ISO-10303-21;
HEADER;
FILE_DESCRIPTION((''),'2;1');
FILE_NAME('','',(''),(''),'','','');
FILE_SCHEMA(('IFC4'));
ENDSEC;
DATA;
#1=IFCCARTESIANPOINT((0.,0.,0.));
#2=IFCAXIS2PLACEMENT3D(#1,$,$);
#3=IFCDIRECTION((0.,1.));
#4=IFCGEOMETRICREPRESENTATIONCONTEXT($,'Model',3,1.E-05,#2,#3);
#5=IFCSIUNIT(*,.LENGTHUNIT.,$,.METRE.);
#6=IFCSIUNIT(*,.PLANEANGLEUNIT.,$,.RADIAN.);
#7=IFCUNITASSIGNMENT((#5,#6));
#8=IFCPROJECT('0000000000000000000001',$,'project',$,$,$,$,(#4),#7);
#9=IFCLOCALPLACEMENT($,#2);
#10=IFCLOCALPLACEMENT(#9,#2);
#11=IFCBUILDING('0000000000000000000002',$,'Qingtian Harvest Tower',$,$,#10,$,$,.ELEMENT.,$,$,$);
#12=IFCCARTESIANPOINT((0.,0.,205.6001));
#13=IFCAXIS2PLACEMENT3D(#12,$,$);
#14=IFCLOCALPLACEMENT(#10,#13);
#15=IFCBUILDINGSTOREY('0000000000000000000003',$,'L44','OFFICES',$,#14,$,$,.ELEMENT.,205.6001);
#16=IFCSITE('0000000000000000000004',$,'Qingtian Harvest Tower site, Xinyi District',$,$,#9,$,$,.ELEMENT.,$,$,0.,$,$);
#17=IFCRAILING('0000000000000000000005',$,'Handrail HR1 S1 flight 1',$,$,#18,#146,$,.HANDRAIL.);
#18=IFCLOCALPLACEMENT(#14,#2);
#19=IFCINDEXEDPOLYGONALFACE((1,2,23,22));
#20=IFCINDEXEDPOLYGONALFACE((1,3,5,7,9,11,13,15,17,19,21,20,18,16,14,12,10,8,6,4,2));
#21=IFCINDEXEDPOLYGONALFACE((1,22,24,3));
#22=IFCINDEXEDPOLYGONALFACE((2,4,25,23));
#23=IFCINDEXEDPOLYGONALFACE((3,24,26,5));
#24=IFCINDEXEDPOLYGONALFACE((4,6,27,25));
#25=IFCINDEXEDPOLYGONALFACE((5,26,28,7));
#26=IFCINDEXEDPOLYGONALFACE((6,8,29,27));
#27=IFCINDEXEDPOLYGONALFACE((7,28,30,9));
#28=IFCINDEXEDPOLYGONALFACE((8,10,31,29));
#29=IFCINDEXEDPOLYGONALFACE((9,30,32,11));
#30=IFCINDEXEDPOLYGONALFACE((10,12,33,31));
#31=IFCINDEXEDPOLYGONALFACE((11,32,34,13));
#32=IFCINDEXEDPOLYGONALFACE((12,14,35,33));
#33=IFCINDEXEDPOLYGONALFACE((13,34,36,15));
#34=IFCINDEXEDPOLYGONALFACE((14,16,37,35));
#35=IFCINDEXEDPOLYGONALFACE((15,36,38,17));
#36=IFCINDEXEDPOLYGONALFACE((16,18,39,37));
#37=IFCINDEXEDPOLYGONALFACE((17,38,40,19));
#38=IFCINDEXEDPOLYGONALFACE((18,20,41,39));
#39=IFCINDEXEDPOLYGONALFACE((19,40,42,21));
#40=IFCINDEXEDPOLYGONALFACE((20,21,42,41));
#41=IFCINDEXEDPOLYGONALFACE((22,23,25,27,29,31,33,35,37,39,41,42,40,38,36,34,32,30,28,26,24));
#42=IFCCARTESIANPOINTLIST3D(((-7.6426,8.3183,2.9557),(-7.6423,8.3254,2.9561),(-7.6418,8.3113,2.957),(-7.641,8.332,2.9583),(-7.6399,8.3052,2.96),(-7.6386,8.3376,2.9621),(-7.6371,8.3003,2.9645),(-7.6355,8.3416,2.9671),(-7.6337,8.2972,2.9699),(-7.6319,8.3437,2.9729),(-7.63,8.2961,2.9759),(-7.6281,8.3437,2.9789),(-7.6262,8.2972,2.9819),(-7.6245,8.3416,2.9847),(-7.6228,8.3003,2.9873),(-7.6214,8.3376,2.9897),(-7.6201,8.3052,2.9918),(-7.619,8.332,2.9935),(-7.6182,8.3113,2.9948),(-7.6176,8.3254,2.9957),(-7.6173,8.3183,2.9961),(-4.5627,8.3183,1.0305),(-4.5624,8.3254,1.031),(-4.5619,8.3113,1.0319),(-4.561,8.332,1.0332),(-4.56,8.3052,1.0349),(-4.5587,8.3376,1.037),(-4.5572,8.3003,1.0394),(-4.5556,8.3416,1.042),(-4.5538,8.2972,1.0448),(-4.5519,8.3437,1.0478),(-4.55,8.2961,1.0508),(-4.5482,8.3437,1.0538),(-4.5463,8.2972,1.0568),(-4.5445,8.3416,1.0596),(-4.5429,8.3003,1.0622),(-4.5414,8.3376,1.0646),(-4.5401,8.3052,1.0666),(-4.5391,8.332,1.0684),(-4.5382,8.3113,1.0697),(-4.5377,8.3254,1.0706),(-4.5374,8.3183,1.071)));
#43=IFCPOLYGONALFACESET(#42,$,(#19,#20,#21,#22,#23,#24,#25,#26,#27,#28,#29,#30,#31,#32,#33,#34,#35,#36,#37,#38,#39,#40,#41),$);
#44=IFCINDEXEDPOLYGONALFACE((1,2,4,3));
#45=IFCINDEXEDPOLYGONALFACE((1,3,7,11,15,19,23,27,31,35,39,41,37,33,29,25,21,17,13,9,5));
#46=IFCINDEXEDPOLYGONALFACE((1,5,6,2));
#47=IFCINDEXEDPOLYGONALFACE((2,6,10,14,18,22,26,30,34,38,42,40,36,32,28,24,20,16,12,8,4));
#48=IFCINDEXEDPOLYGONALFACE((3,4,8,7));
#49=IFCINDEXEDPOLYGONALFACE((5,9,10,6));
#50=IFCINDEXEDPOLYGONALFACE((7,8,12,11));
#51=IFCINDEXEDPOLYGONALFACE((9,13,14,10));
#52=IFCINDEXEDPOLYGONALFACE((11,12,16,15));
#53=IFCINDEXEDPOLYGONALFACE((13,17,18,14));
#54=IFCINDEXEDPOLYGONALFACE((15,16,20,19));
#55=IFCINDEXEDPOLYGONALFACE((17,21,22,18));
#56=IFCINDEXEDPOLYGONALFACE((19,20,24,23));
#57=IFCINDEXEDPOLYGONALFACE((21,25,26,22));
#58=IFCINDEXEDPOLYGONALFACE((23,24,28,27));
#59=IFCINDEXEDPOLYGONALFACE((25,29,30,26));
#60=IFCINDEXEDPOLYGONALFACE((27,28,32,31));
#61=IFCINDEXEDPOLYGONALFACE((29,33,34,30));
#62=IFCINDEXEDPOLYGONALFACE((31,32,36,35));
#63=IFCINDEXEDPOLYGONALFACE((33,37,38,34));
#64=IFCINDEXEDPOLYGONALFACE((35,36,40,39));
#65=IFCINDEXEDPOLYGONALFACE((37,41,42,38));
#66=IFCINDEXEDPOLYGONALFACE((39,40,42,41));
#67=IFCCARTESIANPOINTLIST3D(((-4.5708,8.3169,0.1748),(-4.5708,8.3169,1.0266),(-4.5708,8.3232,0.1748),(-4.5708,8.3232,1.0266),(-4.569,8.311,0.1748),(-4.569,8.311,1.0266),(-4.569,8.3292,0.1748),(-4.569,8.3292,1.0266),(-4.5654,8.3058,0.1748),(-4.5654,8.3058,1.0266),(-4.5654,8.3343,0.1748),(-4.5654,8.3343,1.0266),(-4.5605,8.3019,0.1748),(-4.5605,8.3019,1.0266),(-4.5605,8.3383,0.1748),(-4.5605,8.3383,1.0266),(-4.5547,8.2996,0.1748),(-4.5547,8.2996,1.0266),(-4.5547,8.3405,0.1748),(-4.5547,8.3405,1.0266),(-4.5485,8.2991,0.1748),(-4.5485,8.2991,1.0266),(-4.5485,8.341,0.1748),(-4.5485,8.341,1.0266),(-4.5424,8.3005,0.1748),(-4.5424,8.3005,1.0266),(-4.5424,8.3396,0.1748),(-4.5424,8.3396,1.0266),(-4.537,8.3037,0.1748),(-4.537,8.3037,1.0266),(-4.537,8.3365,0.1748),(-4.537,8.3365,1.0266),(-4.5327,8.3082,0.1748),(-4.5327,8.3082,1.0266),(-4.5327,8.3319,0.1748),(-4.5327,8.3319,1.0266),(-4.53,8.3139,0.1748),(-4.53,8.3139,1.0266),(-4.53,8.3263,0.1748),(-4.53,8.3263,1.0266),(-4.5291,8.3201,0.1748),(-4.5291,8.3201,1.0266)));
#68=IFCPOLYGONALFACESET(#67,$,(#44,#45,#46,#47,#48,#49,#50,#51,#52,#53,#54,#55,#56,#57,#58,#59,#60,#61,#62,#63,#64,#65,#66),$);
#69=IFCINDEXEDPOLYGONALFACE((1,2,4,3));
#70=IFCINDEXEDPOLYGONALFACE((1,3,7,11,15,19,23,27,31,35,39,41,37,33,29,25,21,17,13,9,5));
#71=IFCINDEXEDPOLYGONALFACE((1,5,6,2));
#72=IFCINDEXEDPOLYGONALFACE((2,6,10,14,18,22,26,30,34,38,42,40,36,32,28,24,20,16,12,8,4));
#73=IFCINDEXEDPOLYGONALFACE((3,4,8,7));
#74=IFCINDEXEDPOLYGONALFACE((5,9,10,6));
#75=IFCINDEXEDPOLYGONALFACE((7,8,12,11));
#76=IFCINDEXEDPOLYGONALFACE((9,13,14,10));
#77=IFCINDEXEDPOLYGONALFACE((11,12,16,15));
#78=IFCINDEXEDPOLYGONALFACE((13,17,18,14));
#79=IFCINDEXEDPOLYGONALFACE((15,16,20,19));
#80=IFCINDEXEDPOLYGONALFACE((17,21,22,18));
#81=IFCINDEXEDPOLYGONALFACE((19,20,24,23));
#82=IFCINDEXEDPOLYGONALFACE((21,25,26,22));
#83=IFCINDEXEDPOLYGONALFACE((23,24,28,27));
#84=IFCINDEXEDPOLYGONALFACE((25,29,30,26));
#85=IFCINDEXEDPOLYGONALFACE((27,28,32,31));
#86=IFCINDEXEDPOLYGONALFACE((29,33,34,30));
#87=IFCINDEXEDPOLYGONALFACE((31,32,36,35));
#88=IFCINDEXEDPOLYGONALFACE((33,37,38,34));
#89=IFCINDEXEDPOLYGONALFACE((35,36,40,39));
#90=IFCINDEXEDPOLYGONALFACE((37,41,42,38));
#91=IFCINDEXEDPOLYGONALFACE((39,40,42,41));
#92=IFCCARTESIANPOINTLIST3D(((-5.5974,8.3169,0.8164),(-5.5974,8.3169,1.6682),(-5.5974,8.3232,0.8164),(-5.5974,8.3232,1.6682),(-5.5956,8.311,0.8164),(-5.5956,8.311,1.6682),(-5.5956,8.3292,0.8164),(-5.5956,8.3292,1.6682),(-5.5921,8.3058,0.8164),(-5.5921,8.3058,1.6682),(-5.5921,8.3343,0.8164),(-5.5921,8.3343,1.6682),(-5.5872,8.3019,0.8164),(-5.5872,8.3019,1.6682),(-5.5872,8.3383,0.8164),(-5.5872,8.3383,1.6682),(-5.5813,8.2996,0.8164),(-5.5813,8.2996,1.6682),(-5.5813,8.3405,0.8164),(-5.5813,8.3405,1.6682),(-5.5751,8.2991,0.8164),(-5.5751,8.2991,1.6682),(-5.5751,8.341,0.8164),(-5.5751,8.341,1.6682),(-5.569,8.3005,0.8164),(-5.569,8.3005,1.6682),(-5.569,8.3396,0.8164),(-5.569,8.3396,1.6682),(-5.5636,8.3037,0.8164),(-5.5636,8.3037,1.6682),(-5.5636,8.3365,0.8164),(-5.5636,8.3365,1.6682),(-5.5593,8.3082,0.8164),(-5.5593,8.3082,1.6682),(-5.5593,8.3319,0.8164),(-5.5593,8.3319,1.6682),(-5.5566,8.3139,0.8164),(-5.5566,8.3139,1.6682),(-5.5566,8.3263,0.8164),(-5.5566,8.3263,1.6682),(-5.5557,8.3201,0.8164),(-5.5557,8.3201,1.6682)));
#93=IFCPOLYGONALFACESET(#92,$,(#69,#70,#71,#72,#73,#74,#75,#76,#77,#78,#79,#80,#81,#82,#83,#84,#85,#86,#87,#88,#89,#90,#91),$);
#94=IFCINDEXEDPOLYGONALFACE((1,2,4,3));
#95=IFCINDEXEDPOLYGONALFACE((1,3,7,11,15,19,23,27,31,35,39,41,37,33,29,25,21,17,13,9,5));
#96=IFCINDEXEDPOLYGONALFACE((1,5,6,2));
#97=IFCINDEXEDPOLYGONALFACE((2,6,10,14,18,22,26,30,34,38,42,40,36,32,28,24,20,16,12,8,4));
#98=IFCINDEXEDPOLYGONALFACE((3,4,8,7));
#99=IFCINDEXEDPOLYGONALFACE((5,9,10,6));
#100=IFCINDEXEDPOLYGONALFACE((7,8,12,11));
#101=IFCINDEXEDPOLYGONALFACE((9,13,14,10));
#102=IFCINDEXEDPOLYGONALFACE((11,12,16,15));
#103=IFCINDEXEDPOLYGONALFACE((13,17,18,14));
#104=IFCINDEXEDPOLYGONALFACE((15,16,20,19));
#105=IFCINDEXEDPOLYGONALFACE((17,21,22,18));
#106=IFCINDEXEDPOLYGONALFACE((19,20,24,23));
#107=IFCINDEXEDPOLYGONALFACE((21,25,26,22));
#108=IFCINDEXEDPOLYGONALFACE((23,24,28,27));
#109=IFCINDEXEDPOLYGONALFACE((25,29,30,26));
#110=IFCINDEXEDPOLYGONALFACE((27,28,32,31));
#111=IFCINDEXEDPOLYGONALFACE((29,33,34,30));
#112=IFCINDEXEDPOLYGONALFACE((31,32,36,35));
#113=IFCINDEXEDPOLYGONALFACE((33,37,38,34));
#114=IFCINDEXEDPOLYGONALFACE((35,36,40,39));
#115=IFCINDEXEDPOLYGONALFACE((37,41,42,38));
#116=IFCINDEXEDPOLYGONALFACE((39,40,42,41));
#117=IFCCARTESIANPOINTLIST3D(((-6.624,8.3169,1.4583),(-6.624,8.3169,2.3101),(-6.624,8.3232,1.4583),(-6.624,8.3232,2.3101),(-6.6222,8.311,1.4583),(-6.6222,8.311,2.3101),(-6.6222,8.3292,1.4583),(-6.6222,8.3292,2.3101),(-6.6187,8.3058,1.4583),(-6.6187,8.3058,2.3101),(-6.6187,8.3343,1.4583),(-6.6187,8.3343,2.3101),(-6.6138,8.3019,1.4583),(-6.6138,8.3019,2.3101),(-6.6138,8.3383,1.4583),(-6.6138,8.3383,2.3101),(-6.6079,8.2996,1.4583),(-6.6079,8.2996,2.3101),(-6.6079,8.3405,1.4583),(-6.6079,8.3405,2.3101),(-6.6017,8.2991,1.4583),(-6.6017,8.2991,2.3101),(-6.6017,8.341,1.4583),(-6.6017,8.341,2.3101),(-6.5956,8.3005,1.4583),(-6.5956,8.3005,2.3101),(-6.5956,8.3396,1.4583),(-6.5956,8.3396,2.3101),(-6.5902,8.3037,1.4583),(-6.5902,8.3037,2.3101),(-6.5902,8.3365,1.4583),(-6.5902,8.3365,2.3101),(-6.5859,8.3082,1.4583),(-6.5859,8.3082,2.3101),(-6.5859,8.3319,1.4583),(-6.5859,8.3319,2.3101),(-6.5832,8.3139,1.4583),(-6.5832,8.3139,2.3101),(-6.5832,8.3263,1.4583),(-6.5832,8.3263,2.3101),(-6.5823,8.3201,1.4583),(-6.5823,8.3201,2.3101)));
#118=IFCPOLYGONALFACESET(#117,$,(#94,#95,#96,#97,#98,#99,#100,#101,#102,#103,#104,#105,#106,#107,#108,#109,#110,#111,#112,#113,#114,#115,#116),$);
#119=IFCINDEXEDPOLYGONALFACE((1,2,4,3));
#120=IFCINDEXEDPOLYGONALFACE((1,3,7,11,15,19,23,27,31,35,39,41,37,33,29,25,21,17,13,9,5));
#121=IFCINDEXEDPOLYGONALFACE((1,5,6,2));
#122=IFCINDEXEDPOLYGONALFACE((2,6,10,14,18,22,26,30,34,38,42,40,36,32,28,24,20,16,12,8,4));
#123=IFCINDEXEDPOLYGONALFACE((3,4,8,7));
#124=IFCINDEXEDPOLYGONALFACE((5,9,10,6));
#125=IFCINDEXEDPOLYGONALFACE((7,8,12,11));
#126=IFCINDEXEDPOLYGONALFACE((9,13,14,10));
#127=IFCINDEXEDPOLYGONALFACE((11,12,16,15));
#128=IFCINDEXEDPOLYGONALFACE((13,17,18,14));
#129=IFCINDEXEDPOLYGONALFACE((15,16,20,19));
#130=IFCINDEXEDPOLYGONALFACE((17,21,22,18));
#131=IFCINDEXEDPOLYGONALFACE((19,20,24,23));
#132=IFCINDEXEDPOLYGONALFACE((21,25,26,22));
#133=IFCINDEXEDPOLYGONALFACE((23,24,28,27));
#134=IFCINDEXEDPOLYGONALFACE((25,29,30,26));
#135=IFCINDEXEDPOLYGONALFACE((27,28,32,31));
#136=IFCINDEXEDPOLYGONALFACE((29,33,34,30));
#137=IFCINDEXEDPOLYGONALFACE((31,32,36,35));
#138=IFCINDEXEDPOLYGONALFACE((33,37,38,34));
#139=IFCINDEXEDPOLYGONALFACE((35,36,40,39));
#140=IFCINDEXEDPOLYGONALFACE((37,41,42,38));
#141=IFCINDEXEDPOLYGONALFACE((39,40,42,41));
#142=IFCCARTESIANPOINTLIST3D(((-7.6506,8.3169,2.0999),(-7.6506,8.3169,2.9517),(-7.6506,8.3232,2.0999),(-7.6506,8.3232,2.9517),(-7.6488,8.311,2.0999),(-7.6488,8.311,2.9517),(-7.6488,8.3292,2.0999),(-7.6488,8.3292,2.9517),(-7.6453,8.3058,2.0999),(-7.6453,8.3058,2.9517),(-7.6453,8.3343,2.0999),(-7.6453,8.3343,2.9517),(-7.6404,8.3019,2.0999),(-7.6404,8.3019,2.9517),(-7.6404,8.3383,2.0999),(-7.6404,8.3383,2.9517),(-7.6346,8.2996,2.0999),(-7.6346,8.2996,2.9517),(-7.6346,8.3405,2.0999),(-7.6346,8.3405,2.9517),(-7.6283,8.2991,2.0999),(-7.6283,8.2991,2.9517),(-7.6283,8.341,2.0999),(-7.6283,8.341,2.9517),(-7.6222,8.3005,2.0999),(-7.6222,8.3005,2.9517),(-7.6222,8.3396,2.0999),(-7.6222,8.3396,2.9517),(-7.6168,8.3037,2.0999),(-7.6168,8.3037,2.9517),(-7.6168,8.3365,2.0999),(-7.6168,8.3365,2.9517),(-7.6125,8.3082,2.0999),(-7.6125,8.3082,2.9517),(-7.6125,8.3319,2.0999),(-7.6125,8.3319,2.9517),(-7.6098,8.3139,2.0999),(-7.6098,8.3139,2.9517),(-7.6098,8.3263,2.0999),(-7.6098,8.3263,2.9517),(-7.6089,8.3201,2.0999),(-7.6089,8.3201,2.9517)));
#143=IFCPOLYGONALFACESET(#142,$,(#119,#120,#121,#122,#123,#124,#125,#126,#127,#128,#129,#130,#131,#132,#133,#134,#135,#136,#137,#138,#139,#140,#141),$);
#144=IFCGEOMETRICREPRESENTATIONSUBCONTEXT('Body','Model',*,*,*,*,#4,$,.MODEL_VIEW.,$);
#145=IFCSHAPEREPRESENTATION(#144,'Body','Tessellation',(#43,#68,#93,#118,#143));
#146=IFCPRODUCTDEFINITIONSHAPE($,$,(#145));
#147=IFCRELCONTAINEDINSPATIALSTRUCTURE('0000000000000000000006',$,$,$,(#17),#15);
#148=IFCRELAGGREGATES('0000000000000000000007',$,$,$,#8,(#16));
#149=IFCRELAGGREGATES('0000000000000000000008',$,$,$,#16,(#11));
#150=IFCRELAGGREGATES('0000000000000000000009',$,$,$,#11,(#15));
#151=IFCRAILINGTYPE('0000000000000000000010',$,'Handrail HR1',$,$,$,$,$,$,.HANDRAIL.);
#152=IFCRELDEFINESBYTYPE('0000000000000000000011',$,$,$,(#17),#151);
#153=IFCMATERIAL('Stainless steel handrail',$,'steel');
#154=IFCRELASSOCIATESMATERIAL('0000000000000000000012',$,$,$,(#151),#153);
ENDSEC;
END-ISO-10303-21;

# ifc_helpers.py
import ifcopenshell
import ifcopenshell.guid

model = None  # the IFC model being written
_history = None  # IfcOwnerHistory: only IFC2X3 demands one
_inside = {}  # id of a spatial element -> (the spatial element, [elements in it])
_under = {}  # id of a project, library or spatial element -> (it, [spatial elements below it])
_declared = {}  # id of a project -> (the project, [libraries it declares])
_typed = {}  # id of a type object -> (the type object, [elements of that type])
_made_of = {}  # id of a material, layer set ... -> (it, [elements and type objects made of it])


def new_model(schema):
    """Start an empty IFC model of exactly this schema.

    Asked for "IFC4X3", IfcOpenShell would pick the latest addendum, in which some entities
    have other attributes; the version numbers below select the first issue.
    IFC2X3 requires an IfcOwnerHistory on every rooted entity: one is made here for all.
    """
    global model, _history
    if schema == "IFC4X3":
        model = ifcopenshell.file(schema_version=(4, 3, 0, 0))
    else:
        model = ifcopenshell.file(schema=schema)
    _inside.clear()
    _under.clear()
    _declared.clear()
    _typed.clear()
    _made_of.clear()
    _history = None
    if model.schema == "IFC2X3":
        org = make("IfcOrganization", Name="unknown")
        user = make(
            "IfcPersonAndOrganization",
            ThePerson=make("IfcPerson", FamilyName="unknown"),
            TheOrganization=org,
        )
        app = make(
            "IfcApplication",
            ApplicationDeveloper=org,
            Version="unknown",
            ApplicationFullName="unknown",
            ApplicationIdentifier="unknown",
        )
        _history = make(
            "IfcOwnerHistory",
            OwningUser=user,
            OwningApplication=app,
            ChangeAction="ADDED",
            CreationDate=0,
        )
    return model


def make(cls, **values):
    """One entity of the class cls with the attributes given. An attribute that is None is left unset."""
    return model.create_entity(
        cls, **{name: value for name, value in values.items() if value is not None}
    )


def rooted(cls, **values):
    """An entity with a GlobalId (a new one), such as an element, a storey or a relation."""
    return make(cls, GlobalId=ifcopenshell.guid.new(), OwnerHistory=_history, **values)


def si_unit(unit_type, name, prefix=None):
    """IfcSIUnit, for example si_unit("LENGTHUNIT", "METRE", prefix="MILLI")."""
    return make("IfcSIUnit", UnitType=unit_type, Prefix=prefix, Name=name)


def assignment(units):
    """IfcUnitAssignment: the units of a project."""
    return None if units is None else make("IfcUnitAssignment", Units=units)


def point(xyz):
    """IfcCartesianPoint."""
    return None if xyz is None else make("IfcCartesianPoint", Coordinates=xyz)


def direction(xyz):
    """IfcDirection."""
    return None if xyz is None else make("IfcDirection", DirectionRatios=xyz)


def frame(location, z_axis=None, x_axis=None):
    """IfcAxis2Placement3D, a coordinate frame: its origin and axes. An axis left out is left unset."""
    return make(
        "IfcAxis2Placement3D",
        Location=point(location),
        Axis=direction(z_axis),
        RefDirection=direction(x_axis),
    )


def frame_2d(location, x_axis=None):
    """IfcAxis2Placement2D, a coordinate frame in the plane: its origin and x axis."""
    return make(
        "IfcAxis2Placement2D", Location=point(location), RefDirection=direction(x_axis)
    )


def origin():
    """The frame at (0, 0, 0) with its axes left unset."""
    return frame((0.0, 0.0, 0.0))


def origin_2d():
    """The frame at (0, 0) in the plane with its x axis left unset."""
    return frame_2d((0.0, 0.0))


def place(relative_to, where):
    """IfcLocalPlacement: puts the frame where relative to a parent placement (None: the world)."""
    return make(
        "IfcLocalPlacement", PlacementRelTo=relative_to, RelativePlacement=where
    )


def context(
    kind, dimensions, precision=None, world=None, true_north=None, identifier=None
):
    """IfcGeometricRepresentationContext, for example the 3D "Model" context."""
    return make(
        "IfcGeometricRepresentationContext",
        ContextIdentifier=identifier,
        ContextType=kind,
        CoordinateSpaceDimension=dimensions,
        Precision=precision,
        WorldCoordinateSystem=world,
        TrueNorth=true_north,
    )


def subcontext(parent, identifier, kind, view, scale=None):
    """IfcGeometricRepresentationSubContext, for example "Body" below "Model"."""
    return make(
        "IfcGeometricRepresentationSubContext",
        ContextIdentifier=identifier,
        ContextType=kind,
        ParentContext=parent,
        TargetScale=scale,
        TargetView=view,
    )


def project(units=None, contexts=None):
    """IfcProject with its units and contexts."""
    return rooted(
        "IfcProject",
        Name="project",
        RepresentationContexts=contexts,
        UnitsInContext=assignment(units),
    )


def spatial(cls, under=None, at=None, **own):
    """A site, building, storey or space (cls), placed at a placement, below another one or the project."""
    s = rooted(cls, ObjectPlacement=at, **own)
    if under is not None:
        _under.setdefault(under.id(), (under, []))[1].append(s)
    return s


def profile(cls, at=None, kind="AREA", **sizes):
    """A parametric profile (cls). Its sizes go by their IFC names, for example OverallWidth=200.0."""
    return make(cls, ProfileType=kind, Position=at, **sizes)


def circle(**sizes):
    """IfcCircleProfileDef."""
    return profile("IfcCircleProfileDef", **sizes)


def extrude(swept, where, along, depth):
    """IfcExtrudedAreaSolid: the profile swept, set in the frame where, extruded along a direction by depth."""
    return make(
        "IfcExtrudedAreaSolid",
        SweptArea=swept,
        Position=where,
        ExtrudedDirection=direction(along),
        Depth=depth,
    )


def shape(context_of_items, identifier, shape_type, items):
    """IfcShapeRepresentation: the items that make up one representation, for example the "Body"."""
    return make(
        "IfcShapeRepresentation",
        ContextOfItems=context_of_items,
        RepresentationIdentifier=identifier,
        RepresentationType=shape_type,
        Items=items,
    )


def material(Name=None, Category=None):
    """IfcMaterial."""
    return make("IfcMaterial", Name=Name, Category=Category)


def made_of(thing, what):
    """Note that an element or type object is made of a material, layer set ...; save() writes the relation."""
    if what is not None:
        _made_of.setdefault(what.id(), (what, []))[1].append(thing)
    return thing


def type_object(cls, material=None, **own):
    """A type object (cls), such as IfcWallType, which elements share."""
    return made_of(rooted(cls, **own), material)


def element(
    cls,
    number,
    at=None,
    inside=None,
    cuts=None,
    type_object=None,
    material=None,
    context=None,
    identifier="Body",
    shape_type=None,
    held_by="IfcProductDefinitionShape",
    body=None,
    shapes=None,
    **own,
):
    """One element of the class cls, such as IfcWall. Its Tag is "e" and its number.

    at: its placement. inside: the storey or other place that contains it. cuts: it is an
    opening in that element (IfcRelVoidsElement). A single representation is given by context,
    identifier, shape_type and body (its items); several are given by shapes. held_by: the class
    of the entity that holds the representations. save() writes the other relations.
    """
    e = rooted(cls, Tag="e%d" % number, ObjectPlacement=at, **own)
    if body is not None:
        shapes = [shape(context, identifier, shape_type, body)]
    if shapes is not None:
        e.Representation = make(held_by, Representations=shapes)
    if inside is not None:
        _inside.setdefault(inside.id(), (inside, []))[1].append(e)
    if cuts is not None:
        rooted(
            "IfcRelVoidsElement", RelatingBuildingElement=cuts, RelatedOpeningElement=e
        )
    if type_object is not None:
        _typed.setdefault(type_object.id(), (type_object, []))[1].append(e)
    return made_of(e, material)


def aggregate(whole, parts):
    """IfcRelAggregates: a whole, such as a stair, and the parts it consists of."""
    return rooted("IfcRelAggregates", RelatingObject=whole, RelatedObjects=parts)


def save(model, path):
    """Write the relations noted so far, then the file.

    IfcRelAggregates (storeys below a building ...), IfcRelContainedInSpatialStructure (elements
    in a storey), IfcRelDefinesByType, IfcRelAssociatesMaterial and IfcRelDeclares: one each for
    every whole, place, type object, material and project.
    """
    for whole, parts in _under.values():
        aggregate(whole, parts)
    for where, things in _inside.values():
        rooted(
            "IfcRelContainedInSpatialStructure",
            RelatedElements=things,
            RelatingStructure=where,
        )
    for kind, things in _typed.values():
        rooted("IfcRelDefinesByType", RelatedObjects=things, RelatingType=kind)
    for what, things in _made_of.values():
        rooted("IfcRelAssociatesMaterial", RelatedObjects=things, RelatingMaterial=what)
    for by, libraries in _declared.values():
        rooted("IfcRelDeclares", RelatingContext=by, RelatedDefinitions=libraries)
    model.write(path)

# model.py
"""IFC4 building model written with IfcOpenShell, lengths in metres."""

from ifc_helpers import new_model, si_unit, direction, frame, origin, origin_2d, place, context, subcontext, project, spatial, circle, extrude, material, type_object, element, save


model = new_model("IFC4")

# Units and contexts
model_context = context("Model", 3, precision=1e-05, world=origin(), true_north=direction((0.0, 1.0)))
body_context = subcontext(model_context, "Body", "Model", "MODEL_VIEW")
ifc_project = project(units=[si_unit("LENGTHUNIT", "METRE"), si_unit("PLANEANGLEUNIT", "RADIAN")], contexts=[model_context])

# Site, building, storey
site_placement = place(None, origin())
site = spatial("IfcSite", under=ifc_project, at=site_placement, Name="Qingtian Harvest Tower site, Xinyi District", CompositionType="ELEMENT", RefElevation=0.0)
building_placement = place(site_placement, origin())
building = spatial("IfcBuilding", under=site, at=building_placement, Name="Qingtian Harvest Tower", CompositionType="ELEMENT")
storey_placement = place(building_placement, frame((0.0, 0.0, 205.6001)))
storey = spatial("IfcBuildingStorey", under=building, at=storey_placement, Name="L44", Description="OFFICES", CompositionType="ELEMENT", Elevation=205.6001)

# Railing
ifc_material_1 = material(Name="Stainless steel handrail", Category="steel")
railing_type = type_object("IfcRailingType", Name="Handrail HR1", PredefinedType="HANDRAIL", material=ifc_material_1)
railing_1_placement = place(storey_placement, frame((-4.55, 8.3201, 0.1748)))
element("IfcRailing", 1, at=railing_1_placement, inside=storey, type_object=railing_type, Name="Handrail HR1 S1 flight 1", PredefinedType="HANDRAIL", context=body_context, shape_type="SweptSolid", body=[
    extrude(circle(Radius=0.0239, at=origin_2d()), frame((0.0, 0.0, 0.876), z_axis=(-0.847979, 0.0, 0.530029), x_axis=(0.0, -1.0, 0.0)), (0.0, 0.0, 1.0), 3.6321),
    extrude(circle(Radius=0.021, at=origin_2d()), origin(), (0.0, 0.0, 1.0), 0.8518),
    extrude(circle(Radius=0.021, at=origin_2d()), frame((-1.0266, 0.0, 0.6416)), (0.0, 0.0, 1.0), 0.8518),
    extrude(circle(Radius=0.021, at=origin_2d()), frame((-2.0532, 0.0, 1.2834)), (0.0, 0.0, 1.0), 0.8518),
    extrude(circle(Radius=0.021, at=origin_2d()), frame((-3.0798, 0.0, 1.925)), (0.0, 0.0, 1.0), 0.8518),
])

save(model, "model.ifc")
